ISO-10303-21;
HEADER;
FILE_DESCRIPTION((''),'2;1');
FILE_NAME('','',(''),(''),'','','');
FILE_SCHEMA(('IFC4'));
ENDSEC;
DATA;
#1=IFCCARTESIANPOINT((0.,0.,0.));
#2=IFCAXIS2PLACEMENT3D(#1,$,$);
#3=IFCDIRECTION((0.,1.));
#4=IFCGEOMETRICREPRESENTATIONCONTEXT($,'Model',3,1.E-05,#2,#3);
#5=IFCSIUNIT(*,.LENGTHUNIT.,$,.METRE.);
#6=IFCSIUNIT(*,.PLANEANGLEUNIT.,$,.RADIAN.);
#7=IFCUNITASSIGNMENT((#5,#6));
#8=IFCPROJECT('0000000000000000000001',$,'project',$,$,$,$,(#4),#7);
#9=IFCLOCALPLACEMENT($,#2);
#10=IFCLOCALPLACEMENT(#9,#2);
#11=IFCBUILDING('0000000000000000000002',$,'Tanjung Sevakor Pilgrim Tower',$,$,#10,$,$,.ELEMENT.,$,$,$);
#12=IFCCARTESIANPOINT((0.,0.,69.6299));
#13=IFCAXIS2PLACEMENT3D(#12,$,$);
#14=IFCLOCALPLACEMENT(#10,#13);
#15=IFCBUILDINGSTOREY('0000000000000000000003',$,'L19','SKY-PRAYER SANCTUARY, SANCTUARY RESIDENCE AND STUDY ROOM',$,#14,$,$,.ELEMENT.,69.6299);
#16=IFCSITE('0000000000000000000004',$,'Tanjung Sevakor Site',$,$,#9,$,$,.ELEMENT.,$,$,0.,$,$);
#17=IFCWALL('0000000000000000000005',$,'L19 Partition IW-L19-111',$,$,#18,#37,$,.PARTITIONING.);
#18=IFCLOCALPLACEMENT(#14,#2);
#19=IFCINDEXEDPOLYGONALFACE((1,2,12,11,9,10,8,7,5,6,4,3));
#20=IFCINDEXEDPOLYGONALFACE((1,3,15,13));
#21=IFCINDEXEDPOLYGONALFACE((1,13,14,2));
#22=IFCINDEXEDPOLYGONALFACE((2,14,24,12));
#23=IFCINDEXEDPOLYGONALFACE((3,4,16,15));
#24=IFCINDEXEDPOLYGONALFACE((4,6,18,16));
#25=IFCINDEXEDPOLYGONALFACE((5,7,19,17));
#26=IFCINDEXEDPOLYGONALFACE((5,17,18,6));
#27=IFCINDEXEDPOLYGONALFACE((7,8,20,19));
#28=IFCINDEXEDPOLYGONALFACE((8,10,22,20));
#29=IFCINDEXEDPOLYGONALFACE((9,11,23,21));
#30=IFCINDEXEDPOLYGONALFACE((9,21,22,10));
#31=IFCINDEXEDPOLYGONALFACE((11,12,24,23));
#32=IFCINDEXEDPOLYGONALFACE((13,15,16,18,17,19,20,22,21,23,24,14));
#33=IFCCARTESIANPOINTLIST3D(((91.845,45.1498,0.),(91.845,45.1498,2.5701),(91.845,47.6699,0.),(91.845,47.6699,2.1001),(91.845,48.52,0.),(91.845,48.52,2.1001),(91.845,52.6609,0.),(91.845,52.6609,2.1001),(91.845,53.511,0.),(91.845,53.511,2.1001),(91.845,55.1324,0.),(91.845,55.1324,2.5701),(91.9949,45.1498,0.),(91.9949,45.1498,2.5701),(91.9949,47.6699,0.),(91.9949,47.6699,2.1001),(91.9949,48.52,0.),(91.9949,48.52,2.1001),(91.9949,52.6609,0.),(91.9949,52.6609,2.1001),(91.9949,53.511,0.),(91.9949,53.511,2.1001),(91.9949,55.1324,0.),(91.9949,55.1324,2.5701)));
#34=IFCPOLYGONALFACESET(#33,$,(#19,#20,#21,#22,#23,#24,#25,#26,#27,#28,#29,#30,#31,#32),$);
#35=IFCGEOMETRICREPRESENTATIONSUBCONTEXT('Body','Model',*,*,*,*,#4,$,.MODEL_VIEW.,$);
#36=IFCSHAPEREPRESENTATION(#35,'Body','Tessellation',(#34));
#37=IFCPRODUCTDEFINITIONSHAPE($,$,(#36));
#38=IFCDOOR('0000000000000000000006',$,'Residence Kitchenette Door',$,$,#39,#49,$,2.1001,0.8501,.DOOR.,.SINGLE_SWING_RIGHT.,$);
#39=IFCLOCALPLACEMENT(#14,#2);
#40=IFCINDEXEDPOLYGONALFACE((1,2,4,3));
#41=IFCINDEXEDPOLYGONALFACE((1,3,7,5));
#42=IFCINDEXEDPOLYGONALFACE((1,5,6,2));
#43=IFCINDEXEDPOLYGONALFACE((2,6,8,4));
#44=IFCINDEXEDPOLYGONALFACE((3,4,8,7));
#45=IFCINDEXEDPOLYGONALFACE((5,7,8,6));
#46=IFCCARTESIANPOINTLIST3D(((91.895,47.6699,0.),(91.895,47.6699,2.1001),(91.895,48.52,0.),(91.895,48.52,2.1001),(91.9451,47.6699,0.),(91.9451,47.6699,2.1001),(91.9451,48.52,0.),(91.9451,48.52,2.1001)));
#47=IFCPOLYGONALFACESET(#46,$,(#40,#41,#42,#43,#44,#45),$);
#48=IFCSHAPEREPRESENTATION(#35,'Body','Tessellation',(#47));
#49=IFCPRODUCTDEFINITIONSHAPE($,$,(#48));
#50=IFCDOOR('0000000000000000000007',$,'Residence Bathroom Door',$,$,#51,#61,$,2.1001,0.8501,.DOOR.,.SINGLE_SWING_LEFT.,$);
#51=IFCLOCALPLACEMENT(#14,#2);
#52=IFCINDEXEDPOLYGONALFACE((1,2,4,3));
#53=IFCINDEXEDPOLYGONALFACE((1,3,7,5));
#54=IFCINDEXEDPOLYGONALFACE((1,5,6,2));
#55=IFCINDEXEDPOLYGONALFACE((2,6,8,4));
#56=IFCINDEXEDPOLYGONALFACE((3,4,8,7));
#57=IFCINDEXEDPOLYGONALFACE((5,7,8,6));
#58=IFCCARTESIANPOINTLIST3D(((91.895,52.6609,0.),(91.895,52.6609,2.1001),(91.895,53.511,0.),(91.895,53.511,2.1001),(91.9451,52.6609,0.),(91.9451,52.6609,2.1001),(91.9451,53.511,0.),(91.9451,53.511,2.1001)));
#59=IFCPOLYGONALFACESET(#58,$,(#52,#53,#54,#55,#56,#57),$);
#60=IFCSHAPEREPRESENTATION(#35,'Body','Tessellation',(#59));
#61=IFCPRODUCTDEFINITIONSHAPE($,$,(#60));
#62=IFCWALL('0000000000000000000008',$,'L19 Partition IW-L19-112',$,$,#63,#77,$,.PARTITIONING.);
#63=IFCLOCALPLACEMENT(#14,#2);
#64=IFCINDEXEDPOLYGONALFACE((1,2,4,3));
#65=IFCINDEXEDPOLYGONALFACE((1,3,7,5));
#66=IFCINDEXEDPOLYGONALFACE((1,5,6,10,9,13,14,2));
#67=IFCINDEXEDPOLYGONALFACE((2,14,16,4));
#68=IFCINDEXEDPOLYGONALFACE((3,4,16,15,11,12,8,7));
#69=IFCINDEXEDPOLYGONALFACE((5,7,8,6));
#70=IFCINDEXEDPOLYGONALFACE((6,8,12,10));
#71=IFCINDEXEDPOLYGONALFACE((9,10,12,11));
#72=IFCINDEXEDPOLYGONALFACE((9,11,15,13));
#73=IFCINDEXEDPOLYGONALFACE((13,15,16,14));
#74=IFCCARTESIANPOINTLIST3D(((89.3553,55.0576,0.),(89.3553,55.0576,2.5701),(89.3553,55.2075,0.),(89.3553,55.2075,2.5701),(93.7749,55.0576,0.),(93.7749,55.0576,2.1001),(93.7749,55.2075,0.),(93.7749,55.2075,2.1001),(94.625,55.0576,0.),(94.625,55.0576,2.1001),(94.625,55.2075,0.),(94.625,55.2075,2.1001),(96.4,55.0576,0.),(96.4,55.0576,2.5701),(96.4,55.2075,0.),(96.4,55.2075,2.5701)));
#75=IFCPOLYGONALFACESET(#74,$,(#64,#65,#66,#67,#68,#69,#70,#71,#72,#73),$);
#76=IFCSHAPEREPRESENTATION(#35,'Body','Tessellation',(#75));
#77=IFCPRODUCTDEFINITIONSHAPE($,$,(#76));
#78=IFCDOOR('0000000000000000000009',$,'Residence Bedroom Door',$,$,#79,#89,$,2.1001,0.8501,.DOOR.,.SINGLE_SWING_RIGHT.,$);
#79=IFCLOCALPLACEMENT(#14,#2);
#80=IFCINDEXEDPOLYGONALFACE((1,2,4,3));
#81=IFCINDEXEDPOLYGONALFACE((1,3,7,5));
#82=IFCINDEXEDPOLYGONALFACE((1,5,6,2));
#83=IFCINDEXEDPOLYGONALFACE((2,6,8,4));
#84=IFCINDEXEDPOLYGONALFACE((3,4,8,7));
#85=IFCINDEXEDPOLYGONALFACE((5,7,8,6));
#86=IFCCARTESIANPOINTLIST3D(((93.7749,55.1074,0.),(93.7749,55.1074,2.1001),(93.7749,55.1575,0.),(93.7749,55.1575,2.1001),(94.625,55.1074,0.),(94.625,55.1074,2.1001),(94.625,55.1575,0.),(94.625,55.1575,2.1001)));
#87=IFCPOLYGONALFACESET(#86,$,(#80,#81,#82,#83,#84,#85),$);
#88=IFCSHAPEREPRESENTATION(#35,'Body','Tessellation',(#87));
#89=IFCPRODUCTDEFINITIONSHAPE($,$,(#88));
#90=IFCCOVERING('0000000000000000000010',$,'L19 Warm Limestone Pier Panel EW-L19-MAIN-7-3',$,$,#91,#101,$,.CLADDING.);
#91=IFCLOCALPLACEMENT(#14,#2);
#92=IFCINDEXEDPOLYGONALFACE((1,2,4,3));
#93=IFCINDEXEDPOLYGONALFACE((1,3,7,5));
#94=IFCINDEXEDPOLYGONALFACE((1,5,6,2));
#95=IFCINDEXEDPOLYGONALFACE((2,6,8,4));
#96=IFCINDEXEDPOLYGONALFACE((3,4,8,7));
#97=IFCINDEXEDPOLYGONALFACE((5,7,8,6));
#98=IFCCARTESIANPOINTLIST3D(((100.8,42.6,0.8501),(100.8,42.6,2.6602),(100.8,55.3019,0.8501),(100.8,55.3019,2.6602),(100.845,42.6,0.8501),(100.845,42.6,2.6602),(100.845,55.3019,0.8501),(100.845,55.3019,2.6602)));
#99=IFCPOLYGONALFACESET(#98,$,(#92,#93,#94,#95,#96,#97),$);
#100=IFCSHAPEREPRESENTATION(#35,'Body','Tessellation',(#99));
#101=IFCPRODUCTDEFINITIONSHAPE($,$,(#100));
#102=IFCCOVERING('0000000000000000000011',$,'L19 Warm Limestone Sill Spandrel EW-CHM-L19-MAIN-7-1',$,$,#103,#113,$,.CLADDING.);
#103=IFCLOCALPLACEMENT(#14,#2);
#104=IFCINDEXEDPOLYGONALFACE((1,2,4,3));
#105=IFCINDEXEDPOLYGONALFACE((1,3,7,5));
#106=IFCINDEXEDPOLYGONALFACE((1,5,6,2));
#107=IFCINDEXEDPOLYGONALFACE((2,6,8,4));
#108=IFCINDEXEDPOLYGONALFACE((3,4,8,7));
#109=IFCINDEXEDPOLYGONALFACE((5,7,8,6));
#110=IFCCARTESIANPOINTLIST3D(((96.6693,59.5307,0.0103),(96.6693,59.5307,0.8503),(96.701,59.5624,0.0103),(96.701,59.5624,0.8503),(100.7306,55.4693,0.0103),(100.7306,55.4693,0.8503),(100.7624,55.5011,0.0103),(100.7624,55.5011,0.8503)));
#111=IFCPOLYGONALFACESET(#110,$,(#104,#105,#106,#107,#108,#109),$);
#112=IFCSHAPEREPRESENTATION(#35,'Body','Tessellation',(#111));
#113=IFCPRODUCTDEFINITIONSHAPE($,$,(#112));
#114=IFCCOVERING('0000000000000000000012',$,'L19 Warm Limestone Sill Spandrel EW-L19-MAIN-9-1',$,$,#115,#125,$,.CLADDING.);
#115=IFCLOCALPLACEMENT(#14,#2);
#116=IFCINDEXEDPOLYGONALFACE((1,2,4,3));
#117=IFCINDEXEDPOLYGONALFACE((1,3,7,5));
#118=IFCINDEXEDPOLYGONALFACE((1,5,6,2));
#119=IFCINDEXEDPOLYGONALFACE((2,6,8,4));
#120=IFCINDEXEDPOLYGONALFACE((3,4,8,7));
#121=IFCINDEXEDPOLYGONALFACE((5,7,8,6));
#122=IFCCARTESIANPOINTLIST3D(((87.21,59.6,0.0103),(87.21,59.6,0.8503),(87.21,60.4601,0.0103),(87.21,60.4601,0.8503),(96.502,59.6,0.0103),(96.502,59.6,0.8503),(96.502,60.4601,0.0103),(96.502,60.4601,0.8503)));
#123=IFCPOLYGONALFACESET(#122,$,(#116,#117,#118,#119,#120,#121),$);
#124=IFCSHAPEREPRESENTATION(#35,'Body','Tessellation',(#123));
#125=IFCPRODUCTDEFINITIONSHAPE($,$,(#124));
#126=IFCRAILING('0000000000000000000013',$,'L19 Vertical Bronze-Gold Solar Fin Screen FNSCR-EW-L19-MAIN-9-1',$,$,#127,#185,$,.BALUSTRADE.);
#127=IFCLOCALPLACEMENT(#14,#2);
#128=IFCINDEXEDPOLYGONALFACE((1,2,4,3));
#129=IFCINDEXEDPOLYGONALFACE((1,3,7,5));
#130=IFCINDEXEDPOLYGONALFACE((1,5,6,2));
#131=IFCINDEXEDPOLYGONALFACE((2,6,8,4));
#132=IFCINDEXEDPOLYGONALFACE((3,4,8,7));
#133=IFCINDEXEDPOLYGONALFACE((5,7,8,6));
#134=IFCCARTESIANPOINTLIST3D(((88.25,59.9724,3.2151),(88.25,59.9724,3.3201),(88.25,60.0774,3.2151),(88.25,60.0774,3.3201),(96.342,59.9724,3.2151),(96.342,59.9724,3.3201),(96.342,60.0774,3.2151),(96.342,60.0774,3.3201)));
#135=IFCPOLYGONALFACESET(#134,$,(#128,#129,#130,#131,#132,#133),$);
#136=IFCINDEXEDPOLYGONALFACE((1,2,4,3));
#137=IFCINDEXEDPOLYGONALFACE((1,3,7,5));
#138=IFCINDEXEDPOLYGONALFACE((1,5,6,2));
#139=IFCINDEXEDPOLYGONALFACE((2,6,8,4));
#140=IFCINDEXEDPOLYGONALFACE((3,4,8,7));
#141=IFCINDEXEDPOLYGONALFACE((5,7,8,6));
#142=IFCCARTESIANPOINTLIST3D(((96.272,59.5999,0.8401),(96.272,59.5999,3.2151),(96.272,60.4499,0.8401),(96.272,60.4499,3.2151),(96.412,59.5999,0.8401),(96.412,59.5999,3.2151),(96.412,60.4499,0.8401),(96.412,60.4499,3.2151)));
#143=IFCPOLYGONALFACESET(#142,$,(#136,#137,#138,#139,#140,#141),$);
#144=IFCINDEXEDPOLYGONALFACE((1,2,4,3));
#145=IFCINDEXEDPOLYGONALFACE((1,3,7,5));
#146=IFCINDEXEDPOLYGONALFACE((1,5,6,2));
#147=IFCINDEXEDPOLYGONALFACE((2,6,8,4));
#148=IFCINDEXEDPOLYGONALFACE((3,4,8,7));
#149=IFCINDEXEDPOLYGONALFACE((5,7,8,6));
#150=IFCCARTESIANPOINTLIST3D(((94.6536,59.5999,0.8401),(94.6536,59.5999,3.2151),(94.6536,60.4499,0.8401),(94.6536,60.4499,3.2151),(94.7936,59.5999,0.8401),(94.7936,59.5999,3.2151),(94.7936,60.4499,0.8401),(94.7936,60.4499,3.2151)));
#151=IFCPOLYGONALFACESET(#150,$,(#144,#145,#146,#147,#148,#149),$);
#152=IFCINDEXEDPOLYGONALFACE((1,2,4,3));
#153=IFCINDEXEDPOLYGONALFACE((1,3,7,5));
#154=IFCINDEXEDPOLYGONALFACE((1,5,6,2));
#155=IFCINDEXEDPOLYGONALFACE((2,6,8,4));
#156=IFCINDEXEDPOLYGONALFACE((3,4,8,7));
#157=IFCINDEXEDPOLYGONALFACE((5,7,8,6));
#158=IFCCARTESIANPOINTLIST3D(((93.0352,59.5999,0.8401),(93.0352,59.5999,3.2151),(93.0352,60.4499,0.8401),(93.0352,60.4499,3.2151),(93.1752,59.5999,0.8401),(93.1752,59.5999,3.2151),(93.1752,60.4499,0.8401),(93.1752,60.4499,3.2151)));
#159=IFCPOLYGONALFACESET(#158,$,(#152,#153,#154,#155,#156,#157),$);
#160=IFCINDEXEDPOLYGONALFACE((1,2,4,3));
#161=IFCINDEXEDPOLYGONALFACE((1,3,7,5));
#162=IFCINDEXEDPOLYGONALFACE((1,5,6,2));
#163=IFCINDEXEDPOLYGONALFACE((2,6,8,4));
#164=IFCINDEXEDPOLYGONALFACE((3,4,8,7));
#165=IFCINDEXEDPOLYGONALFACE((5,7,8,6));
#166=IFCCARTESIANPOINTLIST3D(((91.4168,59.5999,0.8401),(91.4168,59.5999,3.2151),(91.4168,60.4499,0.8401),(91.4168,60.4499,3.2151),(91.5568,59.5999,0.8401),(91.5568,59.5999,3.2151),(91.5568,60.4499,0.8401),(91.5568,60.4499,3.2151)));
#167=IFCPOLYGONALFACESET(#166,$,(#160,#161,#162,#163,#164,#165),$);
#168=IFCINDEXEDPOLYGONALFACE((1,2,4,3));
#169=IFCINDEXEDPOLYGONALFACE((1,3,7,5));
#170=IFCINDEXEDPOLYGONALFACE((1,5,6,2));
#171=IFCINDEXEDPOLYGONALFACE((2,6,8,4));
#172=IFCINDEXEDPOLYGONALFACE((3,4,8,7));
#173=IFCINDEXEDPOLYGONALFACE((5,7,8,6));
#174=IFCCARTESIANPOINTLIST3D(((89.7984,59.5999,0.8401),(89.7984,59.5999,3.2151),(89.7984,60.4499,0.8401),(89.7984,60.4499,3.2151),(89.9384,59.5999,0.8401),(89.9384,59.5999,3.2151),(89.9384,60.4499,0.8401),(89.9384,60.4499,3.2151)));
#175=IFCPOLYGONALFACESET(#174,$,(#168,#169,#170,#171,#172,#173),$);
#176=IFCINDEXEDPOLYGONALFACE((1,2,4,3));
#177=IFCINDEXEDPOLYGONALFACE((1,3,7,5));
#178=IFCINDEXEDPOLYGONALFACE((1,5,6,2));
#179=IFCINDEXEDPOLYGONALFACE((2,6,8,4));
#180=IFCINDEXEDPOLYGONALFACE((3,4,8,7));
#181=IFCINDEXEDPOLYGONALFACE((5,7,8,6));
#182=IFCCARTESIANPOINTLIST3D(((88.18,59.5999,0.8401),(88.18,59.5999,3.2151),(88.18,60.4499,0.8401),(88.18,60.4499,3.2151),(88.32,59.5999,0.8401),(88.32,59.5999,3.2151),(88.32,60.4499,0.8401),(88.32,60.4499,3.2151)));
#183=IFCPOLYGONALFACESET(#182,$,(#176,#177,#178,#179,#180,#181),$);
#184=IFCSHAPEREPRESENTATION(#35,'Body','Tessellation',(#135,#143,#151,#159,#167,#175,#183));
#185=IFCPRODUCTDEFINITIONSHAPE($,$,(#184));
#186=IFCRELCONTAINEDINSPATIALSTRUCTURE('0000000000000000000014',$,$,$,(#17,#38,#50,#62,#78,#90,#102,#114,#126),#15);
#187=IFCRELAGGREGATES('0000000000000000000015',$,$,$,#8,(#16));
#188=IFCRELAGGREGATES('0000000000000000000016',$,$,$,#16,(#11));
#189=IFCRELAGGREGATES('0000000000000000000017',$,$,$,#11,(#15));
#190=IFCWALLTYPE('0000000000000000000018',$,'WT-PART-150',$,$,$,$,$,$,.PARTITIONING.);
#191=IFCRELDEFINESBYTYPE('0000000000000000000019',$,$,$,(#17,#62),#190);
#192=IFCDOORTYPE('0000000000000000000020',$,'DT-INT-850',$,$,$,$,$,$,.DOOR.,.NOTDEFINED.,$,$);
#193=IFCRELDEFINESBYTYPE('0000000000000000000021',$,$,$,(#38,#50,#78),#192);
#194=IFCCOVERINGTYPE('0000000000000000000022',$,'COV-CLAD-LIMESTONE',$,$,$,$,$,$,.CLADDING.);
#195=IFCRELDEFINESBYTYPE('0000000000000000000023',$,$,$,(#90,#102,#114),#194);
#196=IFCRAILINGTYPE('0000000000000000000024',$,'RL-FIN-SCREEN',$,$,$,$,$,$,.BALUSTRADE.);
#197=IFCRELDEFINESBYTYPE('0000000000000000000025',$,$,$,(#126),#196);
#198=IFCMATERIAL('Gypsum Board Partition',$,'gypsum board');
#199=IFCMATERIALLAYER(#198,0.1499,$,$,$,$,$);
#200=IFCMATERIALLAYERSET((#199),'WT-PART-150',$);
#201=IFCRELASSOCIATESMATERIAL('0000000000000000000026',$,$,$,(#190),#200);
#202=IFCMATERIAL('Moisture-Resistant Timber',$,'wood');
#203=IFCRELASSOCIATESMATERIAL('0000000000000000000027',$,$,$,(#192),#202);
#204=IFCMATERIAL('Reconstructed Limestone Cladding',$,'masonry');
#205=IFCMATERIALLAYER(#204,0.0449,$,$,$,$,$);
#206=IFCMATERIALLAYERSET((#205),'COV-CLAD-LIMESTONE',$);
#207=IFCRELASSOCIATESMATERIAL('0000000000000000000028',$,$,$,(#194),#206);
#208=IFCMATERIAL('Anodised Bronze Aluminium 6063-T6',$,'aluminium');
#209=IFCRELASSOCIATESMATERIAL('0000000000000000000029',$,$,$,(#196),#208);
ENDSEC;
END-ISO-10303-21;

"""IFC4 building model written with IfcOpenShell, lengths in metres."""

from ifc_helpers import new_model, si_unit, direction, frame, frame_2d, origin, origin_2d, place, context, subcontext, project, spatial, rectangle, extrude, material, layer, layer_set, type_object, element, fill, save


model = new_model("IFC4")

# Units and contexts
model_context = context("Model", 3, precision=1e-05, world=origin(), true_north=direction((0.0, 1.0)))
body_context = subcontext(model_context, "Body", "Model", "MODEL_VIEW")
ifc_project = project(units=[si_unit("LENGTHUNIT", "METRE"), si_unit("PLANEANGLEUNIT", "RADIAN")], contexts=[model_context])

# Site, building, storey
site_placement = place(None, origin())
site = spatial("IfcSite", under=ifc_project, at=site_placement, Name="Tanjung Sevakor Site", CompositionType="ELEMENT", RefElevation=0.0)
building_placement = place(site_placement, origin())
building = spatial("IfcBuilding", under=site, at=building_placement, Name="Tanjung Sevakor Pilgrim Tower", CompositionType="ELEMENT")
storey_placement = place(building_placement, frame((0.0, 0.0, 69.6299)))
storey = spatial("IfcBuildingStorey", under=building, at=storey_placement, Name="L19", Description="SKY-PRAYER SANCTUARY, SANCTUARY RESIDENCE AND STUDY ROOM", CompositionType="ELEMENT", Elevation=69.6299)

# Shared definitions
ifc_material_1 = material(Name="Gypsum Board Partition", Category="gypsum board")
ifc_layer_1 = layer(ifc_material_1, 0.1499)
ifc_layer_set_1 = layer_set([ifc_layer_1], Name="WT-PART-150")
wall_type_1 = type_object("IfcWallType", Name="WT-PART-150", PredefinedType="PARTITIONING", material=ifc_layer_set_1)

# Wall, openings, doors
wall_1_placement = place(storey_placement, frame((91.9199, 45.1499, 0.0), z_axis=(0.0, 0.0, 1.0), x_axis=(0.0, 1.0, 0.0)))
wall_1 = element("IfcWall", 1, at=wall_1_placement, inside=storey, type_object=wall_type_1, Name="L19 Partition IW-L19-111", PredefinedType="PARTITIONING", context=body_context, shape_type="SweptSolid", body=[
    extrude(rectangle(XDim=9.9827, YDim=0.1499, at=frame_2d((4.9912, 0.0))), origin(), (0.0, 0.0, 1.0), 2.5701),
])
opening_1_placement = place(wall_1_placement, frame((2.52, 0.0, 0.0)))
opening_1 = element("IfcOpeningElement", 2, at=opening_1_placement, cuts=wall_1, PredefinedType="OPENING", context=body_context, shape_type="SweptSolid", body=[
    extrude(rectangle(XDim=0.8501, YDim=2.1001, at=frame_2d((0.425, 1.05))), frame((0.0, 0.085, 0.0), z_axis=(0.0, -1.0, 0.0), x_axis=(1.0, 0.0, 0.0)), (0.0, 0.0, 1.0), 0.1699),
])
opening_2_placement = place(wall_1_placement, frame((7.511, 0.0, 0.0)))
opening_2 = element("IfcOpeningElement", 3, at=opening_2_placement, cuts=wall_1, PredefinedType="OPENING", context=body_context, shape_type="SweptSolid", body=[
    extrude(rectangle(XDim=0.8501, YDim=2.1001, at=frame_2d((0.425, 1.05))), frame((0.0, 0.085, 0.0), z_axis=(0.0, -1.0, 0.0), x_axis=(1.0, 0.0, 0.0)), (0.0, 0.0, 1.0), 0.1699),
])
ifc_material_2 = material(Name="Moisture-Resistant Timber", Category="wood")
door_type_1 = type_object("IfcDoorType", Name="DT-INT-850", OperationType="NOTDEFINED", PredefinedType="DOOR", material=ifc_material_2)
door_1_placement = place(opening_1_placement, origin())
door_1 = element("IfcDoor", 4, at=door_1_placement, inside=storey, type_object=door_type_1, Name="Residence Kitchenette Door", OperationType="SINGLE_SWING_RIGHT", OverallHeight=2.1001, OverallWidth=0.8501, PredefinedType="DOOR", context=body_context, shape_type="SweptSolid", body=[
    extrude(rectangle(XDim=0.8501, YDim=2.1001, at=frame_2d((0.425, 1.05))), frame((0.0, 0.0249, 0.0), z_axis=(0.0, -1.0, 0.0), x_axis=(1.0, 0.0, 0.0)), (0.0, 0.0, 1.0), 0.05),
])
fill(opening_1, door_1)
door_2_placement = place(opening_2_placement, origin())
door_2 = element("IfcDoor", 5, at=door_2_placement, inside=storey, type_object=door_type_1, Name="Residence Bathroom Door", OperationType="SINGLE_SWING_LEFT", OverallHeight=2.1001, OverallWidth=0.8501, PredefinedType="DOOR", context=body_context, shape_type="SweptSolid", body=[
    extrude(rectangle(XDim=0.8501, YDim=2.1001, at=frame_2d((0.425, 1.05))), frame((0.0, 0.0249, 0.0), z_axis=(0.0, -1.0, 0.0), x_axis=(1.0, 0.0, 0.0)), (0.0, 0.0, 1.0), 0.05),
])
fill(opening_2, door_2)

# Wall, opening, door
wall_2_placement = place(storey_placement, frame((89.3552, 55.1326, 0.0), z_axis=(0.0, 0.0, 1.0), x_axis=(1.0, 0.0, 0.0)))
wall_2 = element("IfcWall", 6, at=wall_2_placement, inside=storey, type_object=wall_type_1, Name="L19 Partition IW-L19-112", PredefinedType="PARTITIONING", context=body_context, shape_type="SweptSolid", body=[
    extrude(rectangle(XDim=7.0447, YDim=0.1499, at=frame_2d((3.5225, 0.0))), origin(), (0.0, 0.0, 1.0), 2.5701),
])
opening_3_placement = place(wall_2_placement, frame((4.4197, 0.0, 0.0)))
opening_3 = element("IfcOpeningElement", 7, at=opening_3_placement, cuts=wall_2, PredefinedType="OPENING", context=body_context, shape_type="SweptSolid", body=[
    extrude(rectangle(XDim=0.8501, YDim=2.1001, at=frame_2d((0.425, 1.05))), frame((0.0, 0.085, 0.0), z_axis=(0.0, -1.0, 0.0), x_axis=(1.0, 0.0, 0.0)), (0.0, 0.0, 1.0), 0.1699),
])
door_3_placement = place(opening_3_placement, origin())
door_3 = element("IfcDoor", 8, at=door_3_placement, inside=storey, type_object=door_type_1, Name="Residence Bedroom Door", OperationType="SINGLE_SWING_RIGHT", OverallHeight=2.1001, OverallWidth=0.8501, PredefinedType="DOOR", context=body_context, shape_type="SweptSolid", body=[
    extrude(rectangle(XDim=0.8501, YDim=2.1001, at=frame_2d((0.425, 1.05))), frame((0.0, 0.0249, 0.0), z_axis=(0.0, -1.0, 0.0), x_axis=(1.0, 0.0, 0.0)), (0.0, 0.0, 1.0), 0.05),
])
fill(opening_3, door_3)

# Coverings
ifc_material_3 = material(Name="Reconstructed Limestone Cladding", Category="masonry")
ifc_layer_2 = layer(ifc_material_3, 0.0449)
ifc_layer_set_2 = layer_set([ifc_layer_2], Name="COV-CLAD-LIMESTONE")
covering_type = type_object("IfcCoveringType", Name="COV-CLAD-LIMESTONE", PredefinedType="CLADDING", material=ifc_layer_set_2)
covering_1_placement = place(storey_placement, frame((100.8225, 48.9509, 0.8501), z_axis=(0.0, 0.0, 1.0), x_axis=(0.0, 1.0, 0.0)))
element("IfcCovering", 9, at=covering_1_placement, inside=storey, type_object=covering_type, Name="L19 Warm Limestone Pier Panel EW-L19-MAIN-7-3", PredefinedType="CLADDING", context=body_context, shape_type="SweptSolid", body=[
    extrude(rectangle(XDim=12.7019, YDim=0.0449, at=origin_2d()), origin(), (0.0, 0.0, 1.0), 1.8101),
])
covering_2_placement = place(storey_placement, frame((98.7158, 57.5159, 0.0103), z_axis=(0.0, 0.0, 1.0), x_axis=(-0.707107, 0.707107, 0.0)))
element("IfcCovering", 10, at=covering_2_placement, inside=storey, type_object=covering_type, Name="L19 Warm Limestone Sill Spandrel EW-CHM-L19-MAIN-7-1", PredefinedType="CLADDING", context=body_context, shape_type="SweptSolid", body=[
    extrude(rectangle(XDim=5.7437, YDim=0.0449, at=origin_2d()), origin(), (0.0, 0.0, 1.0), 0.8401),
])
covering_3_placement = place(storey_placement, frame((91.856, 60.03, 0.0103), z_axis=(0.0, 0.0, 1.0), x_axis=(-1.0, 0.0, 0.0)))
element("IfcCovering", 11, at=covering_3_placement, inside=storey, type_object=covering_type, Name="L19 Warm Limestone Sill Spandrel EW-L19-MAIN-9-1", PredefinedType="CLADDING", context=body_context, shape_type="SweptSolid", body=[
    extrude(rectangle(XDim=9.292, YDim=0.8601, at=origin_2d()), origin(), (0.0, 0.0, 1.0), 0.8401),
])

# Railing
ifc_material_4 = material(Name="Anodised Bronze Aluminium 6063-T6", Category="aluminium")
railing_type = type_object("IfcRailingType", Name="RL-FIN-SCREEN", PredefinedType="BALUSTRADE", material=ifc_material_4)
railing_placement = place(storey_placement, frame((96.342, 60.0249, 0.8401)))
element("IfcRailing", 12, at=railing_placement, inside=storey, type_object=railing_type, Name="L19 Vertical Bronze-Gold Solar Fin Screen FNSCR-EW-L19-MAIN-9-1", PredefinedType="BALUSTRADE", context=body_context, shape_type="SweptSolid", body=[
    extrude(rectangle(XDim=0.105, YDim=0.105), frame((0.0, 0.0, 2.4275), z_axis=(-1.0, 0.0, 0.0), x_axis=(0.0, -1.0, 0.0)), (0.0, 0.0, 1.0), 8.092),
    extrude(rectangle(XDim=0.14, YDim=0.85), origin(), (0.0, 0.0, 1.0), 2.375),
    extrude(rectangle(XDim=0.14, YDim=0.85), frame((-1.6184, 0.0, 0.0)), (0.0, 0.0, 1.0), 2.375),
    extrude(rectangle(XDim=0.14, YDim=0.85), frame((-3.2368, 0.0, 0.0)), (0.0, 0.0, 1.0), 2.375),
    extrude(rectangle(XDim=0.14, YDim=0.85), frame((-4.8552, 0.0, 0.0)), (0.0, 0.0, 1.0), 2.375),
    extrude(rectangle(XDim=0.14, YDim=0.85), frame((-6.4736, 0.0, 0.0)), (0.0, 0.0, 1.0), 2.375),
    extrude(rectangle(XDim=0.14, YDim=0.85), frame((-8.092, 0.0, 0.0)), (0.0, 0.0, 1.0), 2.375),
])

save(model, "model.ifc")
